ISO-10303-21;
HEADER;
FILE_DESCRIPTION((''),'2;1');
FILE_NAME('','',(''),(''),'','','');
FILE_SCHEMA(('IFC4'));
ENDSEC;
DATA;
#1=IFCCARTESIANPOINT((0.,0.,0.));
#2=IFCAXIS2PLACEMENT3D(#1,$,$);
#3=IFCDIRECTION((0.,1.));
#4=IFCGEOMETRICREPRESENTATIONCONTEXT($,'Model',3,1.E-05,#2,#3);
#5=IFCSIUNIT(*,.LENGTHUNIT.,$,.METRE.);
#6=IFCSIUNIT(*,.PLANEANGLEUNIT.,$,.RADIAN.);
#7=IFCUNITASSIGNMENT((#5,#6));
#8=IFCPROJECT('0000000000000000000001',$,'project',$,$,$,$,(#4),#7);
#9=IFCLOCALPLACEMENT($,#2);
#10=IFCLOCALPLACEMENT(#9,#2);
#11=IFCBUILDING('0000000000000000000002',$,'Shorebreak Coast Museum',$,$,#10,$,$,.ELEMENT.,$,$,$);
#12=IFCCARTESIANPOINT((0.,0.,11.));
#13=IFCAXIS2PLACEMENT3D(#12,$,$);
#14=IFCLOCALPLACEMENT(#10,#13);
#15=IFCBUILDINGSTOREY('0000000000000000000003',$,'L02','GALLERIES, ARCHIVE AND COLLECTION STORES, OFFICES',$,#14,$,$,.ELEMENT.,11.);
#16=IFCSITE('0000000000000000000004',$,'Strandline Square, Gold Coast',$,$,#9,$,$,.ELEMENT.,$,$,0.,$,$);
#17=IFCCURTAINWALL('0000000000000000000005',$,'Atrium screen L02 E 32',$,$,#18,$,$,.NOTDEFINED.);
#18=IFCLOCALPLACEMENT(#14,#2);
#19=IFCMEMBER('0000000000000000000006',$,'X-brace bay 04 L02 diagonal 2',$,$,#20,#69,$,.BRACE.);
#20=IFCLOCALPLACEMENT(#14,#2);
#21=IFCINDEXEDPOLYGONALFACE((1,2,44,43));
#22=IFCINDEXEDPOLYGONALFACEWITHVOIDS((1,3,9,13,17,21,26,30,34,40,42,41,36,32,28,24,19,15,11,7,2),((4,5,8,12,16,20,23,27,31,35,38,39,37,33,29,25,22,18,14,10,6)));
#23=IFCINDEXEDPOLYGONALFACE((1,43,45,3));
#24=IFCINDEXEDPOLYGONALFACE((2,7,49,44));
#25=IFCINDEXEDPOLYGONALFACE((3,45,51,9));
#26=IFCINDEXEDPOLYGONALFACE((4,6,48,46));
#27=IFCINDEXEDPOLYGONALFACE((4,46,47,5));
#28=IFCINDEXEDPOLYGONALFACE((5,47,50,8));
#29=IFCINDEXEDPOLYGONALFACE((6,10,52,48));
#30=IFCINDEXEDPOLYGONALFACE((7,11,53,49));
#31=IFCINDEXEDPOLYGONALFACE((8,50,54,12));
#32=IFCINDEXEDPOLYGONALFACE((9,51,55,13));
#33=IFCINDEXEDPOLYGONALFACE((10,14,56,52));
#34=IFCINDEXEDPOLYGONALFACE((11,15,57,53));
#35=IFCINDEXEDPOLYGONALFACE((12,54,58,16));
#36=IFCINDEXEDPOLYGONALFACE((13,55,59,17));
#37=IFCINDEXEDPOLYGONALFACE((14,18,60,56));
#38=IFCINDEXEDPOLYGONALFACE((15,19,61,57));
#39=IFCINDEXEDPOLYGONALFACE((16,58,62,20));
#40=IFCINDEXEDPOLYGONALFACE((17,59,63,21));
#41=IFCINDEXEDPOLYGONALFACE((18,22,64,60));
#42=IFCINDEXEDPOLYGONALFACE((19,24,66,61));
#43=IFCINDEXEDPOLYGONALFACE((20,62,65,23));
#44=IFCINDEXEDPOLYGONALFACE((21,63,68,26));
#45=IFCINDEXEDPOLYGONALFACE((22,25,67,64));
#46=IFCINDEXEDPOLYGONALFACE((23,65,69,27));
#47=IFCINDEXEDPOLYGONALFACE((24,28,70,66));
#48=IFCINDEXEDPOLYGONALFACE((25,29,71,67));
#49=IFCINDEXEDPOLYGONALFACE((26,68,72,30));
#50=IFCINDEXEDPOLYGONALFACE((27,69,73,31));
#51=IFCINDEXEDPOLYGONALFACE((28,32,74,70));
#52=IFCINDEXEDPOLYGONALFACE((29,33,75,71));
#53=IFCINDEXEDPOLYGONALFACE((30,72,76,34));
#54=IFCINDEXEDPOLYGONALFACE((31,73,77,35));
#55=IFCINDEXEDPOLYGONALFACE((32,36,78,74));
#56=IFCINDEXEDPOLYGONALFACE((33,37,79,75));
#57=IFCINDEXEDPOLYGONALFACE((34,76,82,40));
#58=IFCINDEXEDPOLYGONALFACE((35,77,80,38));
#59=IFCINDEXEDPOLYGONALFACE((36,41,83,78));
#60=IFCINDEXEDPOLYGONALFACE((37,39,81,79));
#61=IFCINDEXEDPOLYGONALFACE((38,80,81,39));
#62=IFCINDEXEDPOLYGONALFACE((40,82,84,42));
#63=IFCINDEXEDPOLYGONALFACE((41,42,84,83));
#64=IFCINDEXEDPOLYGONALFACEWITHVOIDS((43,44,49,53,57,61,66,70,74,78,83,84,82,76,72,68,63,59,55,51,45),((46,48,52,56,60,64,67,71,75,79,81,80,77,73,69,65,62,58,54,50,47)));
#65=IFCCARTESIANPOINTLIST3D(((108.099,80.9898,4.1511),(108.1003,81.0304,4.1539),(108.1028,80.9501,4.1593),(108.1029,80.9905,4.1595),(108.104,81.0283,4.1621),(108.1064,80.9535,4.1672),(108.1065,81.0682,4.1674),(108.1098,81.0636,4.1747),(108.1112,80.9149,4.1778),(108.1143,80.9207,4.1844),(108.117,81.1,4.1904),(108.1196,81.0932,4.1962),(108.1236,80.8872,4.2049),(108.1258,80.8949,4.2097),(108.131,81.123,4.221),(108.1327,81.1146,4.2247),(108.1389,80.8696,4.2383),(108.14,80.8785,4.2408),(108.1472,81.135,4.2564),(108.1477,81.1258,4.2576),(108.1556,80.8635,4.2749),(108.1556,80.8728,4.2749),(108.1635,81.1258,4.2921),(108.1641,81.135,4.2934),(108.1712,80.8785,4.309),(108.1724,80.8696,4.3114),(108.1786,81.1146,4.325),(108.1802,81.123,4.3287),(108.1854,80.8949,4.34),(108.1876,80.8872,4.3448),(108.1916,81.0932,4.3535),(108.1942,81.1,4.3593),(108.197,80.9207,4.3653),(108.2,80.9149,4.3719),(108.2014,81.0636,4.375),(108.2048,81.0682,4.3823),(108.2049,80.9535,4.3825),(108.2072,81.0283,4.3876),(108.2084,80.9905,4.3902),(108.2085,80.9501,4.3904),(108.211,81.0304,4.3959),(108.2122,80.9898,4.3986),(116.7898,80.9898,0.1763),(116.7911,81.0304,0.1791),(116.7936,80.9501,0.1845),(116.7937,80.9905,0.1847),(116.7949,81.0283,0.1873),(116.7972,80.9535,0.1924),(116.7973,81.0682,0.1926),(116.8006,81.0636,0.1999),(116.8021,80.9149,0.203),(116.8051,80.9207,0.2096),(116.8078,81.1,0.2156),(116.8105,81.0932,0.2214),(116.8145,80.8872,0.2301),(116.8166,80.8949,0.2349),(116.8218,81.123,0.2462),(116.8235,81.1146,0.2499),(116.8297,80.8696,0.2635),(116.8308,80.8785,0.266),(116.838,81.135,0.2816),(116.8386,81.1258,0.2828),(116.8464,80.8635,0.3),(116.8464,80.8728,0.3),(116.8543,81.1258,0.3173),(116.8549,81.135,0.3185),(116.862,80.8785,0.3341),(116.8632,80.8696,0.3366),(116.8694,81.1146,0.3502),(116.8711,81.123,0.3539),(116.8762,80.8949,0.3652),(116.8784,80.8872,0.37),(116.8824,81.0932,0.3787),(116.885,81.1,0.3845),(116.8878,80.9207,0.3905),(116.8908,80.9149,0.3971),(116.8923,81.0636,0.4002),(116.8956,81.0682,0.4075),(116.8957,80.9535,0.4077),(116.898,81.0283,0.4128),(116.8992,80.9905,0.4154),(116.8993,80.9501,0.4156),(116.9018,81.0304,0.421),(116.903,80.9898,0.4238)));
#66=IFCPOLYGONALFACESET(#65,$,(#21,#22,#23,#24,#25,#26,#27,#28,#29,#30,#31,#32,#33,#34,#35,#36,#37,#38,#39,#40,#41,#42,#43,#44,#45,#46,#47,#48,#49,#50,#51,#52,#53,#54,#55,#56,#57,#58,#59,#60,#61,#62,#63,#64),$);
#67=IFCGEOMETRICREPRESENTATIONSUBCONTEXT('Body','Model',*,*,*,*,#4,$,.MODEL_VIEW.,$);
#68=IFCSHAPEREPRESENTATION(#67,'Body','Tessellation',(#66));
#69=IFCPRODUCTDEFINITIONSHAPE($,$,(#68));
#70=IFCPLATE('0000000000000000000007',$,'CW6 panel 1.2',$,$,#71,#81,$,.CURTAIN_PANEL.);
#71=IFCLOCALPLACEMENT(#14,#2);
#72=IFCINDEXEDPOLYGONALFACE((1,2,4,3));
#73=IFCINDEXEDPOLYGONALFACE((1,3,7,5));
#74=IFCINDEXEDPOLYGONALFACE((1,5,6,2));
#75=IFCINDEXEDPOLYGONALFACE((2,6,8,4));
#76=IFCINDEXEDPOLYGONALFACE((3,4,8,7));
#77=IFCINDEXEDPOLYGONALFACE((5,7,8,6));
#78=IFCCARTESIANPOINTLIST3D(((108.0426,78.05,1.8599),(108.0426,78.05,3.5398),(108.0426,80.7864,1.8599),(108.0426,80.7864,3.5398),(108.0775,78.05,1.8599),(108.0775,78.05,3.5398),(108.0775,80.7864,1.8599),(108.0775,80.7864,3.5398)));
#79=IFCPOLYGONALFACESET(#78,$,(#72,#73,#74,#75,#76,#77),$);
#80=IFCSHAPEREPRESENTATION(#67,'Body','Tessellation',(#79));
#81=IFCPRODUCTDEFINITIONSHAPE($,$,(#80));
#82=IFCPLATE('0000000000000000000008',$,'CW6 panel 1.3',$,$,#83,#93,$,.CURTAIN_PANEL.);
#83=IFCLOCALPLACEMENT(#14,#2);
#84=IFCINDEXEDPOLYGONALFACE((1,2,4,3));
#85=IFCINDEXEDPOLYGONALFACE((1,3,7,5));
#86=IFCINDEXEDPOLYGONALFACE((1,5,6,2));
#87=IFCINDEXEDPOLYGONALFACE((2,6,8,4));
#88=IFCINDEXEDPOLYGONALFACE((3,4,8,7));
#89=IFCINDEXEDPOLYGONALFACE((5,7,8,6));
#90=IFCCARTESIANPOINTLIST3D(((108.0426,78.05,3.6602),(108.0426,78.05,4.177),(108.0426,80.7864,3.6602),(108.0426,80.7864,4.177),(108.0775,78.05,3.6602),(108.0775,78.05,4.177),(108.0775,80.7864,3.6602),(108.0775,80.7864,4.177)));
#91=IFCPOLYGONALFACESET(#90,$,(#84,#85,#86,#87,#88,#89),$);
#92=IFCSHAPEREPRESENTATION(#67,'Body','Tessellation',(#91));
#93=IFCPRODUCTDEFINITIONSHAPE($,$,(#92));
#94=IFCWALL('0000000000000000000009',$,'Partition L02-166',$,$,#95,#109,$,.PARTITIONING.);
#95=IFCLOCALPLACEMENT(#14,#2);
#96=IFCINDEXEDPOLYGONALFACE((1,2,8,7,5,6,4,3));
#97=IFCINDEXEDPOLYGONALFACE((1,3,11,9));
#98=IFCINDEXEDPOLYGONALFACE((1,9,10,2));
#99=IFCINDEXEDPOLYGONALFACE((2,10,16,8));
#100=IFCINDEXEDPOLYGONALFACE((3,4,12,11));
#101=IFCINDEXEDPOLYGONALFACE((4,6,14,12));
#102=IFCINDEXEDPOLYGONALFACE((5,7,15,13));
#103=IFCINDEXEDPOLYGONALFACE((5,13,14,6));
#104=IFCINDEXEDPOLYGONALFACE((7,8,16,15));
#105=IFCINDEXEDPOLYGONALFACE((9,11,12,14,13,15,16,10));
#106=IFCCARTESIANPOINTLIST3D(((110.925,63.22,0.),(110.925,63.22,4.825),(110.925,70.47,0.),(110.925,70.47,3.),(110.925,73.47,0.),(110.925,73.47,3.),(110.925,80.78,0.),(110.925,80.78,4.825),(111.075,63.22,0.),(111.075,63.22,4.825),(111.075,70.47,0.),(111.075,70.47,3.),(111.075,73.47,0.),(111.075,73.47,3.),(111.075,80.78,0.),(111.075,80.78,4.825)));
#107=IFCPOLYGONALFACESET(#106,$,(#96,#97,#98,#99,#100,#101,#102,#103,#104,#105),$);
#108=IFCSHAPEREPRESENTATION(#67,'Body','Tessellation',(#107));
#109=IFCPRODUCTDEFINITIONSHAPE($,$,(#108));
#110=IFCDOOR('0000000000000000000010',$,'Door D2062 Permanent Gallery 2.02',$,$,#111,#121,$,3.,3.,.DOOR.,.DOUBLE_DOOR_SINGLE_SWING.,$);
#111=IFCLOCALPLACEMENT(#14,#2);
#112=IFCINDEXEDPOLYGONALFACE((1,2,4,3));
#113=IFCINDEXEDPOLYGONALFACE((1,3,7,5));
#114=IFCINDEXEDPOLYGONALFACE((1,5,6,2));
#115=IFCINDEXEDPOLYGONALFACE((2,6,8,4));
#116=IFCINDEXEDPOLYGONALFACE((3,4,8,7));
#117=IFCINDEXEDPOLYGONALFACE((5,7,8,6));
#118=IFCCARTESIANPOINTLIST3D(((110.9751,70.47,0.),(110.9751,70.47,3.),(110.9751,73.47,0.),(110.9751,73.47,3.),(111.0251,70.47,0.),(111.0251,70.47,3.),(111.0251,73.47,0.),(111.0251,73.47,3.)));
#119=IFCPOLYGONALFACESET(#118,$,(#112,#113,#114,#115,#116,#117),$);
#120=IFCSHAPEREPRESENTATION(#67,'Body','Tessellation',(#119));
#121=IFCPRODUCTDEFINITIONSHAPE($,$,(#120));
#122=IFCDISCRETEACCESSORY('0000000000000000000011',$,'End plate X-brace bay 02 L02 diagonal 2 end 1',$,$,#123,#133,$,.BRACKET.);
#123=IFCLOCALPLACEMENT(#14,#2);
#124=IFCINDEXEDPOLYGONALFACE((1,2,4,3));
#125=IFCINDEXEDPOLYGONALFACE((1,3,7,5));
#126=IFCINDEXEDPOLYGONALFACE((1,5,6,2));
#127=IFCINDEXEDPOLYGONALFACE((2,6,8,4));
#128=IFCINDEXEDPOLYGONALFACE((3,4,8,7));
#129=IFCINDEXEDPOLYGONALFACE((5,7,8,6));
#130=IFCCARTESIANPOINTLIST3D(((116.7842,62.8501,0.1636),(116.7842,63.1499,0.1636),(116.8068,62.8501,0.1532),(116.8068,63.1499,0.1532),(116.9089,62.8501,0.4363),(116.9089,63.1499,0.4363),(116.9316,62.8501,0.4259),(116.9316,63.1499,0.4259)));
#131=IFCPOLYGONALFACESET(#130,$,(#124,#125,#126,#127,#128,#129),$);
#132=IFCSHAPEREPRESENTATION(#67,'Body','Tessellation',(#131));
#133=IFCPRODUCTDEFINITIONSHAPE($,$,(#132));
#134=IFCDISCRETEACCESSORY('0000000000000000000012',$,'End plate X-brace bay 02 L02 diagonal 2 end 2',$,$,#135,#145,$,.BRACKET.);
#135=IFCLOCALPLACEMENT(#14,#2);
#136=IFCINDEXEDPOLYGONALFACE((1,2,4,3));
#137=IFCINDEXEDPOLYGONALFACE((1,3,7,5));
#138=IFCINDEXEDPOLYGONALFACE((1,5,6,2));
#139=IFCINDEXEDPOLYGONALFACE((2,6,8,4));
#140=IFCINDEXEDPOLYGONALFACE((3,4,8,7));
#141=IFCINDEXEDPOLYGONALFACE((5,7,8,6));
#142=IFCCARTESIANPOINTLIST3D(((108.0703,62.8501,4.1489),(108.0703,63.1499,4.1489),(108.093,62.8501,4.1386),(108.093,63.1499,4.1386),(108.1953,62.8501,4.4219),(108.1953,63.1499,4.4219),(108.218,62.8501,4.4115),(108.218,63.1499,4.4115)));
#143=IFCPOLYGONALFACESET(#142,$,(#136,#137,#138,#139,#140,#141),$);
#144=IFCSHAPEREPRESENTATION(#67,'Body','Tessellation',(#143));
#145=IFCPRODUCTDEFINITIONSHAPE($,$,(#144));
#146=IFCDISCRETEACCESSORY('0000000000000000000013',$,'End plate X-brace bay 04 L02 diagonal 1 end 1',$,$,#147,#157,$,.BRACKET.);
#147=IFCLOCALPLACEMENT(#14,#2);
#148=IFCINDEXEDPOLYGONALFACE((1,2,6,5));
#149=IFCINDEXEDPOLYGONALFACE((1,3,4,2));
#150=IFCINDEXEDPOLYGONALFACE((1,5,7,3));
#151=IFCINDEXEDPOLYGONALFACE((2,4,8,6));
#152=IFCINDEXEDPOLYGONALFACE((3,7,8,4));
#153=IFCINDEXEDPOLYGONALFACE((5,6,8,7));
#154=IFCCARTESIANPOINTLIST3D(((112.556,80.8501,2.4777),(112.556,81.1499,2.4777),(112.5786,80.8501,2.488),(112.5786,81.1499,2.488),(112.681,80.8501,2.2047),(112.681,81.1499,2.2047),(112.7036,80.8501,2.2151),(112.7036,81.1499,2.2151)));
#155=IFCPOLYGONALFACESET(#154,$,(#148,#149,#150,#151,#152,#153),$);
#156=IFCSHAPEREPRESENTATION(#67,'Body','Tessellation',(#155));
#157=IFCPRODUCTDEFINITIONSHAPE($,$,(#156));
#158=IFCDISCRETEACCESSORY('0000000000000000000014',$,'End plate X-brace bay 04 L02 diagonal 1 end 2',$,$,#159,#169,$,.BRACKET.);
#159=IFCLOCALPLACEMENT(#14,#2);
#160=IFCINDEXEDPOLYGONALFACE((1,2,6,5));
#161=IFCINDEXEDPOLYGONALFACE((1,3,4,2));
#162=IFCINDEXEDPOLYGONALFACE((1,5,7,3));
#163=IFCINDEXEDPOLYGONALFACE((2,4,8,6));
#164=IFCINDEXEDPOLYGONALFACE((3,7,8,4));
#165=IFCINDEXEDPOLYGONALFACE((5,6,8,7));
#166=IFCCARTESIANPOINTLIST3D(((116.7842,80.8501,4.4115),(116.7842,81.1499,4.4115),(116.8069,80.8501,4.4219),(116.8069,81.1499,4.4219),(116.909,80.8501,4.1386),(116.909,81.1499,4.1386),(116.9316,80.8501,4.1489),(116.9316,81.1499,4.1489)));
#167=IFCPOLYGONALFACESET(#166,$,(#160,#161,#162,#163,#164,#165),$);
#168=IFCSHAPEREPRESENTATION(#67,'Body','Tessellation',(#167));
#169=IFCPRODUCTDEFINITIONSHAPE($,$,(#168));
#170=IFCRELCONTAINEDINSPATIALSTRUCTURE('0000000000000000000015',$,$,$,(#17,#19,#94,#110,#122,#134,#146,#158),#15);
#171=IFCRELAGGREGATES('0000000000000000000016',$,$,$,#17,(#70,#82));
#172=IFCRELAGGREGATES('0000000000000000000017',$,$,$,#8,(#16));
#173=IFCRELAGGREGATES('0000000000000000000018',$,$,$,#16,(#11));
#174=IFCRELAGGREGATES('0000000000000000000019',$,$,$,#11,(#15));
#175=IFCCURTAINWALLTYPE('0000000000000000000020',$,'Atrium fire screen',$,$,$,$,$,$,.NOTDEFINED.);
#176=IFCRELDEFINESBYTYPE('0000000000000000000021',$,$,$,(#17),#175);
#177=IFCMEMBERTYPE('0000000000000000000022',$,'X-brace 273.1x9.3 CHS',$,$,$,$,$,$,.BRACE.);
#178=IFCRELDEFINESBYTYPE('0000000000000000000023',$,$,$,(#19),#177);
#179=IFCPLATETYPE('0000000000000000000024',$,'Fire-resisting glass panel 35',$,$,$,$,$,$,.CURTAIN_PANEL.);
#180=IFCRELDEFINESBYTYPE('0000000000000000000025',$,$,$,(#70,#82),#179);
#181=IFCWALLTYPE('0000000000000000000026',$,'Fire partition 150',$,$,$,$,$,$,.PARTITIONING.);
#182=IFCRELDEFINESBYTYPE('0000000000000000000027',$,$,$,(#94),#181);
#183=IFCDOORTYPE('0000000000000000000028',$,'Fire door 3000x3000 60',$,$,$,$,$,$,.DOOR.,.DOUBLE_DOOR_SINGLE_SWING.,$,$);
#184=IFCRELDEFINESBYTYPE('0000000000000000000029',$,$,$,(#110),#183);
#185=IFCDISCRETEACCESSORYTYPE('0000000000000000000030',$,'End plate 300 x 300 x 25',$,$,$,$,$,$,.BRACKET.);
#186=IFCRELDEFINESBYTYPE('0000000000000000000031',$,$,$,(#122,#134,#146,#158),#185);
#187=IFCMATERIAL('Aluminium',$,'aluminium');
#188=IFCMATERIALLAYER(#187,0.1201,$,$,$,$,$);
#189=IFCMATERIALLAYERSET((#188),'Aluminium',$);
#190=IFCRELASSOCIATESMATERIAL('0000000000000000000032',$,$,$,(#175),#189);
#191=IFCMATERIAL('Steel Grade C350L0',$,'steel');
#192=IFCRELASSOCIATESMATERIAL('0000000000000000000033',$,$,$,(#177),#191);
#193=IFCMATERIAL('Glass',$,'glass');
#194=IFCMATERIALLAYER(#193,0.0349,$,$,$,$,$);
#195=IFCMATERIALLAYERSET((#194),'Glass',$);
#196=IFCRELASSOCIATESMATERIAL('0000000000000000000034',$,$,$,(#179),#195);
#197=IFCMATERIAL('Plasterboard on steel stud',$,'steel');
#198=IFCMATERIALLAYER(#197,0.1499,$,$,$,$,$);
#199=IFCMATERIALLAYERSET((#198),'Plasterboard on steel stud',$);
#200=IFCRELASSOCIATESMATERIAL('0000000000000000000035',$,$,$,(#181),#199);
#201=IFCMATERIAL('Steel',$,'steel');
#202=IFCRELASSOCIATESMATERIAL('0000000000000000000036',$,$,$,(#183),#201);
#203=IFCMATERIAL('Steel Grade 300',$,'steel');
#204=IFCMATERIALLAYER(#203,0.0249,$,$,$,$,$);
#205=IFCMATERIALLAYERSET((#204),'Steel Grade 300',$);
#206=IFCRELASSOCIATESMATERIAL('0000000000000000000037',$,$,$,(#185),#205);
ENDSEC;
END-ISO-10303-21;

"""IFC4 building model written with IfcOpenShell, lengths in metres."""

from ifc_helpers import new_model, si_unit, direction, frame, frame_2d, origin, origin_2d, place, context, subcontext, project, spatial, polyline, rectangle, hollow_circle, outline, extrude, material, layer, layer_set, material_profile, profile_set, type_object, element, fill, aggregate, save


model = new_model("IFC4")

# Units and contexts
model_context = context("Model", 3, precision=1e-05, world=origin(), true_north=direction((0.0, 1.0)))
body_context = subcontext(model_context, "Body", "Model", "MODEL_VIEW")
ifc_project = project(units=[si_unit("LENGTHUNIT", "METRE"), si_unit("PLANEANGLEUNIT", "RADIAN")], contexts=[model_context])

# Site, building, storey
site_placement = place(None, origin())
site = spatial("IfcSite", under=ifc_project, at=site_placement, Name="Strandline Square, Gold Coast", CompositionType="ELEMENT", RefElevation=0.0)
building_placement = place(site_placement, origin())
building = spatial("IfcBuilding", under=site, at=building_placement, Name="Shorebreak Coast Museum", CompositionType="ELEMENT")
storey_placement = place(building_placement, frame((0.0, 0.0, 11.0)))
storey = spatial("IfcBuildingStorey", under=building, at=storey_placement, Name="L02", Description="GALLERIES, ARCHIVE AND COLLECTION STORES, OFFICES", CompositionType="ELEMENT", Elevation=11.0)

# Curtain wall
ifc_material_1 = material(Name="Aluminium", Category="aluminium")
ifc_layer_1 = layer(ifc_material_1, 0.1201)
ifc_layer_set_1 = layer_set([ifc_layer_1], Name="Aluminium")
curtain_wall_type = type_object("IfcCurtainWallType", Name="Atrium fire screen", PredefinedType="NOTDEFINED", material=ifc_layer_set_1)
curtain_wall_placement = place(storey_placement, origin())
curtain_wall = element("IfcCurtainWall", 1, at=curtain_wall_placement, inside=storey, type_object=curtain_wall_type, Name="Atrium screen L02 E 32", PredefinedType="NOTDEFINED")

# Member
ifc_material_2 = material(Name="Steel Grade C350L0", Category="steel")
ifc_material_profile_1 = material_profile(ifc_material_2, hollow_circle(Radius=0.1365, WallThickness=0.0093, at=origin_2d()), Name="273.1x9.3 CHS")
ifc_profile_set_1 = profile_set([ifc_material_profile_1], Name="Steel Grade C350L0")
member_type_1 = type_object("IfcMemberType", Name="X-brace 273.1x9.3 CHS", PredefinedType="BRACE", material=ifc_profile_set_1)
member_1_placement = place(storey_placement, frame((116.8464, 81.0, 0.3), z_axis=(-0.909401, 0.0, 0.415921), x_axis=(0.0, -1.0, 0.0)))
element("IfcMember", 2, at=member_1_placement, inside=storey, type_object=member_type_1, Name="X-brace bay 04 L02 diagonal 2", PredefinedType="BRACE", context=body_context, shape_type="SweptSolid", body=[
    extrude(hollow_circle(Radius=0.1365, WallThickness=0.0093, at=origin_2d()), origin(), (0.0, 0.0, 1.0), 9.5566),
])

# Plates
ifc_material_3 = material(Name="Glass", Category="glass")
ifc_layer_2 = layer(ifc_material_3, 0.0349)
ifc_layer_set_2 = layer_set([ifc_layer_2], Name="Glass")
plate_type = type_object("IfcPlateType", Name="Fire-resisting glass panel 35", PredefinedType="CURTAIN_PANEL", material=ifc_layer_set_2)
plate_1_placement = place(storey_placement, frame((108.0601, 79.4182, 1.8599), z_axis=(0.0, 0.0, 1.0), x_axis=(0.0, 1.0, 0.0)))
plate_1 = element("IfcPlate", 3, at=plate_1_placement, type_object=plate_type, Name="CW6 panel 1.2", PredefinedType="CURTAIN_PANEL", context=body_context, shape_type="SweptSolid", body=[
    extrude(rectangle(XDim=2.7363, YDim=0.0349, at=origin_2d()), origin(), (0.0, 0.0, 1.0), 1.6799),
])
plate_2_placement = place(storey_placement, frame((108.0601, 79.4182, 3.6602), z_axis=(0.0, 0.0, 1.0), x_axis=(0.0, 1.0, 0.0)))
plate_2 = element("IfcPlate", 4, at=plate_2_placement, type_object=plate_type, Name="CW6 panel 1.3", PredefinedType="CURTAIN_PANEL", context=body_context, shape_type="SweptSolid", body=[
    extrude(rectangle(XDim=2.7363, YDim=0.0349, at=origin_2d()), origin(), (0.0, 0.0, 1.0), 0.5168),
])
aggregate(curtain_wall, [plate_1, plate_2])

# Wall, opening, door
ifc_material_4 = material(Name="Plasterboard on steel stud", Category="steel")
ifc_layer_3 = layer(ifc_material_4, 0.1499)
ifc_layer_set_3 = layer_set([ifc_layer_3], Name="Plasterboard on steel stud")
wall_type = type_object("IfcWallType", Name="Fire partition 150", PredefinedType="PARTITIONING", material=ifc_layer_set_3)
wall_placement = place(storey_placement, frame((111.0, 63.22, 0.0), z_axis=(0.0, 0.0, 1.0), x_axis=(0.0, 1.0, 0.0)))
wall = element("IfcWall", 5, at=wall_placement, inside=storey, type_object=wall_type, Name="Partition L02-166", PredefinedType="PARTITIONING", context=body_context, shape_type="SweptSolid", body=[
    extrude(rectangle(XDim=17.5601, YDim=0.1499, at=frame_2d((8.78, 0.0))), origin(), (0.0, 0.0, 1.0), 4.825),
])
opening_placement = place(wall_placement, frame((7.25, 0.0, 0.0)))
opening = element("IfcOpeningElement", 6, at=opening_placement, cuts=wall, PredefinedType="OPENING", context=body_context, shape_type="SweptSolid", body=[
    extrude(rectangle(XDim=3.0, YDim=3.0, at=frame_2d((1.5, 1.5))), frame((0.0, 0.085, 0.0), z_axis=(0.0, -1.0, 0.0), x_axis=(1.0, 0.0, 0.0)), (0.0, 0.0, 1.0), 0.1699),
])
ifc_material_5 = material(Name="Steel", Category="steel")
door_type = type_object("IfcDoorType", Name="Fire door 3000x3000 60", OperationType="DOUBLE_DOOR_SINGLE_SWING", PredefinedType="DOOR", material=ifc_material_5)
door_placement = place(opening_placement, origin())
door = element("IfcDoor", 7, at=door_placement, inside=storey, type_object=door_type, Name="Door D2062 Permanent Gallery 2.02", OperationType="DOUBLE_DOOR_SINGLE_SWING", OverallHeight=3.0, OverallWidth=3.0, PredefinedType="DOOR", context=body_context, shape_type="SweptSolid", body=[
    extrude(rectangle(XDim=3.0, YDim=3.0, at=frame_2d((1.5, 1.5))), frame((0.0, 0.0249, 0.0), z_axis=(0.0, -1.0, 0.0), x_axis=(1.0, 0.0, 0.0)), (0.0, 0.0, 1.0), 0.05),
])
fill(opening, door)

# Discrete accessories
ifc_material_6 = material(Name="Steel Grade 300", Category="steel")
ifc_layer_4 = layer(ifc_material_6, 0.0249)
ifc_layer_set_4 = layer_set([ifc_layer_4], Name="Steel Grade 300")
discrete_accessory_type = type_object("IfcDiscreteAccessoryType", Name="End plate 300 x 300 x 25", PredefinedType="BRACKET", material=ifc_layer_set_4)
discrete_accessory_1_placement = place(storey_placement, frame((116.7842, 63.1499, 0.1636), z_axis=(-0.90936, 0.0, 0.41601), x_axis=(0.0, -1.0, 0.0)))
element("IfcDiscreteAccessory", 8, at=discrete_accessory_1_placement, inside=storey, type_object=discrete_accessory_type, Name="End plate X-brace bay 02 L02 diagonal 2 end 1", PredefinedType="BRACKET", context=body_context, shape_type="SweptSolid", body=[
    extrude(outline(polyline([(0.0, 0.0), (0.2998, 0.0), (0.2998, 0.2999), (0.0, 0.2999), (0.0, 0.0)])), origin(), (0.0, 0.0, -1.0), 0.0249),
])
for number, where, z_axis, x_axis, name in (
    (9, (108.0703, 63.1499, 4.1489), (-0.909193, 0.0, 0.416375), (0.0, -1.0, 0.0), "End plate X-brace bay 02 L02 diagonal 2 end 2"),
    (10, (112.7036, 80.8501, 2.2151), (0.909193, 0.0, 0.416375), (0.0, 1.0, 0.0), "End plate X-brace bay 04 L02 diagonal 1 end 1"),
):
    element("IfcDiscreteAccessory", number, at=place(storey_placement, frame(where, z_axis=z_axis, x_axis=x_axis)), inside=storey, type_object=discrete_accessory_type, Name=name, PredefinedType="BRACKET", context=body_context, shape_type="SweptSolid", body=[
        extrude(outline(polyline([(0.0, 0.0), (0.2998, 0.0), (0.2998, 0.3002), (0.0, 0.3002), (0.0, 0.0)])), origin(), (0.0, 0.0, -1.0), 0.0249),
    ])
discrete_accessory_2_placement = place(storey_placement, frame((116.9316, 80.8501, 4.1489), z_axis=(0.909501, 0.0, 0.415702), x_axis=(0.0, 1.0, 0.0)))
element("IfcDiscreteAccessory", 11, at=discrete_accessory_2_placement, inside=storey, type_object=discrete_accessory_type, Name="End plate X-brace bay 04 L02 diagonal 1 end 2", PredefinedType="BRACKET", context=body_context, shape_type="SweptSolid", body=[
    extrude(outline(polyline([(0.0, 0.0), (0.2998, 0.0), (0.2998, 0.3001), (0.0, 0.3001), (0.0, 0.0)])), origin(), (0.0, 0.0, -1.0), 0.0249),
])

save(model, "model.ifc")
